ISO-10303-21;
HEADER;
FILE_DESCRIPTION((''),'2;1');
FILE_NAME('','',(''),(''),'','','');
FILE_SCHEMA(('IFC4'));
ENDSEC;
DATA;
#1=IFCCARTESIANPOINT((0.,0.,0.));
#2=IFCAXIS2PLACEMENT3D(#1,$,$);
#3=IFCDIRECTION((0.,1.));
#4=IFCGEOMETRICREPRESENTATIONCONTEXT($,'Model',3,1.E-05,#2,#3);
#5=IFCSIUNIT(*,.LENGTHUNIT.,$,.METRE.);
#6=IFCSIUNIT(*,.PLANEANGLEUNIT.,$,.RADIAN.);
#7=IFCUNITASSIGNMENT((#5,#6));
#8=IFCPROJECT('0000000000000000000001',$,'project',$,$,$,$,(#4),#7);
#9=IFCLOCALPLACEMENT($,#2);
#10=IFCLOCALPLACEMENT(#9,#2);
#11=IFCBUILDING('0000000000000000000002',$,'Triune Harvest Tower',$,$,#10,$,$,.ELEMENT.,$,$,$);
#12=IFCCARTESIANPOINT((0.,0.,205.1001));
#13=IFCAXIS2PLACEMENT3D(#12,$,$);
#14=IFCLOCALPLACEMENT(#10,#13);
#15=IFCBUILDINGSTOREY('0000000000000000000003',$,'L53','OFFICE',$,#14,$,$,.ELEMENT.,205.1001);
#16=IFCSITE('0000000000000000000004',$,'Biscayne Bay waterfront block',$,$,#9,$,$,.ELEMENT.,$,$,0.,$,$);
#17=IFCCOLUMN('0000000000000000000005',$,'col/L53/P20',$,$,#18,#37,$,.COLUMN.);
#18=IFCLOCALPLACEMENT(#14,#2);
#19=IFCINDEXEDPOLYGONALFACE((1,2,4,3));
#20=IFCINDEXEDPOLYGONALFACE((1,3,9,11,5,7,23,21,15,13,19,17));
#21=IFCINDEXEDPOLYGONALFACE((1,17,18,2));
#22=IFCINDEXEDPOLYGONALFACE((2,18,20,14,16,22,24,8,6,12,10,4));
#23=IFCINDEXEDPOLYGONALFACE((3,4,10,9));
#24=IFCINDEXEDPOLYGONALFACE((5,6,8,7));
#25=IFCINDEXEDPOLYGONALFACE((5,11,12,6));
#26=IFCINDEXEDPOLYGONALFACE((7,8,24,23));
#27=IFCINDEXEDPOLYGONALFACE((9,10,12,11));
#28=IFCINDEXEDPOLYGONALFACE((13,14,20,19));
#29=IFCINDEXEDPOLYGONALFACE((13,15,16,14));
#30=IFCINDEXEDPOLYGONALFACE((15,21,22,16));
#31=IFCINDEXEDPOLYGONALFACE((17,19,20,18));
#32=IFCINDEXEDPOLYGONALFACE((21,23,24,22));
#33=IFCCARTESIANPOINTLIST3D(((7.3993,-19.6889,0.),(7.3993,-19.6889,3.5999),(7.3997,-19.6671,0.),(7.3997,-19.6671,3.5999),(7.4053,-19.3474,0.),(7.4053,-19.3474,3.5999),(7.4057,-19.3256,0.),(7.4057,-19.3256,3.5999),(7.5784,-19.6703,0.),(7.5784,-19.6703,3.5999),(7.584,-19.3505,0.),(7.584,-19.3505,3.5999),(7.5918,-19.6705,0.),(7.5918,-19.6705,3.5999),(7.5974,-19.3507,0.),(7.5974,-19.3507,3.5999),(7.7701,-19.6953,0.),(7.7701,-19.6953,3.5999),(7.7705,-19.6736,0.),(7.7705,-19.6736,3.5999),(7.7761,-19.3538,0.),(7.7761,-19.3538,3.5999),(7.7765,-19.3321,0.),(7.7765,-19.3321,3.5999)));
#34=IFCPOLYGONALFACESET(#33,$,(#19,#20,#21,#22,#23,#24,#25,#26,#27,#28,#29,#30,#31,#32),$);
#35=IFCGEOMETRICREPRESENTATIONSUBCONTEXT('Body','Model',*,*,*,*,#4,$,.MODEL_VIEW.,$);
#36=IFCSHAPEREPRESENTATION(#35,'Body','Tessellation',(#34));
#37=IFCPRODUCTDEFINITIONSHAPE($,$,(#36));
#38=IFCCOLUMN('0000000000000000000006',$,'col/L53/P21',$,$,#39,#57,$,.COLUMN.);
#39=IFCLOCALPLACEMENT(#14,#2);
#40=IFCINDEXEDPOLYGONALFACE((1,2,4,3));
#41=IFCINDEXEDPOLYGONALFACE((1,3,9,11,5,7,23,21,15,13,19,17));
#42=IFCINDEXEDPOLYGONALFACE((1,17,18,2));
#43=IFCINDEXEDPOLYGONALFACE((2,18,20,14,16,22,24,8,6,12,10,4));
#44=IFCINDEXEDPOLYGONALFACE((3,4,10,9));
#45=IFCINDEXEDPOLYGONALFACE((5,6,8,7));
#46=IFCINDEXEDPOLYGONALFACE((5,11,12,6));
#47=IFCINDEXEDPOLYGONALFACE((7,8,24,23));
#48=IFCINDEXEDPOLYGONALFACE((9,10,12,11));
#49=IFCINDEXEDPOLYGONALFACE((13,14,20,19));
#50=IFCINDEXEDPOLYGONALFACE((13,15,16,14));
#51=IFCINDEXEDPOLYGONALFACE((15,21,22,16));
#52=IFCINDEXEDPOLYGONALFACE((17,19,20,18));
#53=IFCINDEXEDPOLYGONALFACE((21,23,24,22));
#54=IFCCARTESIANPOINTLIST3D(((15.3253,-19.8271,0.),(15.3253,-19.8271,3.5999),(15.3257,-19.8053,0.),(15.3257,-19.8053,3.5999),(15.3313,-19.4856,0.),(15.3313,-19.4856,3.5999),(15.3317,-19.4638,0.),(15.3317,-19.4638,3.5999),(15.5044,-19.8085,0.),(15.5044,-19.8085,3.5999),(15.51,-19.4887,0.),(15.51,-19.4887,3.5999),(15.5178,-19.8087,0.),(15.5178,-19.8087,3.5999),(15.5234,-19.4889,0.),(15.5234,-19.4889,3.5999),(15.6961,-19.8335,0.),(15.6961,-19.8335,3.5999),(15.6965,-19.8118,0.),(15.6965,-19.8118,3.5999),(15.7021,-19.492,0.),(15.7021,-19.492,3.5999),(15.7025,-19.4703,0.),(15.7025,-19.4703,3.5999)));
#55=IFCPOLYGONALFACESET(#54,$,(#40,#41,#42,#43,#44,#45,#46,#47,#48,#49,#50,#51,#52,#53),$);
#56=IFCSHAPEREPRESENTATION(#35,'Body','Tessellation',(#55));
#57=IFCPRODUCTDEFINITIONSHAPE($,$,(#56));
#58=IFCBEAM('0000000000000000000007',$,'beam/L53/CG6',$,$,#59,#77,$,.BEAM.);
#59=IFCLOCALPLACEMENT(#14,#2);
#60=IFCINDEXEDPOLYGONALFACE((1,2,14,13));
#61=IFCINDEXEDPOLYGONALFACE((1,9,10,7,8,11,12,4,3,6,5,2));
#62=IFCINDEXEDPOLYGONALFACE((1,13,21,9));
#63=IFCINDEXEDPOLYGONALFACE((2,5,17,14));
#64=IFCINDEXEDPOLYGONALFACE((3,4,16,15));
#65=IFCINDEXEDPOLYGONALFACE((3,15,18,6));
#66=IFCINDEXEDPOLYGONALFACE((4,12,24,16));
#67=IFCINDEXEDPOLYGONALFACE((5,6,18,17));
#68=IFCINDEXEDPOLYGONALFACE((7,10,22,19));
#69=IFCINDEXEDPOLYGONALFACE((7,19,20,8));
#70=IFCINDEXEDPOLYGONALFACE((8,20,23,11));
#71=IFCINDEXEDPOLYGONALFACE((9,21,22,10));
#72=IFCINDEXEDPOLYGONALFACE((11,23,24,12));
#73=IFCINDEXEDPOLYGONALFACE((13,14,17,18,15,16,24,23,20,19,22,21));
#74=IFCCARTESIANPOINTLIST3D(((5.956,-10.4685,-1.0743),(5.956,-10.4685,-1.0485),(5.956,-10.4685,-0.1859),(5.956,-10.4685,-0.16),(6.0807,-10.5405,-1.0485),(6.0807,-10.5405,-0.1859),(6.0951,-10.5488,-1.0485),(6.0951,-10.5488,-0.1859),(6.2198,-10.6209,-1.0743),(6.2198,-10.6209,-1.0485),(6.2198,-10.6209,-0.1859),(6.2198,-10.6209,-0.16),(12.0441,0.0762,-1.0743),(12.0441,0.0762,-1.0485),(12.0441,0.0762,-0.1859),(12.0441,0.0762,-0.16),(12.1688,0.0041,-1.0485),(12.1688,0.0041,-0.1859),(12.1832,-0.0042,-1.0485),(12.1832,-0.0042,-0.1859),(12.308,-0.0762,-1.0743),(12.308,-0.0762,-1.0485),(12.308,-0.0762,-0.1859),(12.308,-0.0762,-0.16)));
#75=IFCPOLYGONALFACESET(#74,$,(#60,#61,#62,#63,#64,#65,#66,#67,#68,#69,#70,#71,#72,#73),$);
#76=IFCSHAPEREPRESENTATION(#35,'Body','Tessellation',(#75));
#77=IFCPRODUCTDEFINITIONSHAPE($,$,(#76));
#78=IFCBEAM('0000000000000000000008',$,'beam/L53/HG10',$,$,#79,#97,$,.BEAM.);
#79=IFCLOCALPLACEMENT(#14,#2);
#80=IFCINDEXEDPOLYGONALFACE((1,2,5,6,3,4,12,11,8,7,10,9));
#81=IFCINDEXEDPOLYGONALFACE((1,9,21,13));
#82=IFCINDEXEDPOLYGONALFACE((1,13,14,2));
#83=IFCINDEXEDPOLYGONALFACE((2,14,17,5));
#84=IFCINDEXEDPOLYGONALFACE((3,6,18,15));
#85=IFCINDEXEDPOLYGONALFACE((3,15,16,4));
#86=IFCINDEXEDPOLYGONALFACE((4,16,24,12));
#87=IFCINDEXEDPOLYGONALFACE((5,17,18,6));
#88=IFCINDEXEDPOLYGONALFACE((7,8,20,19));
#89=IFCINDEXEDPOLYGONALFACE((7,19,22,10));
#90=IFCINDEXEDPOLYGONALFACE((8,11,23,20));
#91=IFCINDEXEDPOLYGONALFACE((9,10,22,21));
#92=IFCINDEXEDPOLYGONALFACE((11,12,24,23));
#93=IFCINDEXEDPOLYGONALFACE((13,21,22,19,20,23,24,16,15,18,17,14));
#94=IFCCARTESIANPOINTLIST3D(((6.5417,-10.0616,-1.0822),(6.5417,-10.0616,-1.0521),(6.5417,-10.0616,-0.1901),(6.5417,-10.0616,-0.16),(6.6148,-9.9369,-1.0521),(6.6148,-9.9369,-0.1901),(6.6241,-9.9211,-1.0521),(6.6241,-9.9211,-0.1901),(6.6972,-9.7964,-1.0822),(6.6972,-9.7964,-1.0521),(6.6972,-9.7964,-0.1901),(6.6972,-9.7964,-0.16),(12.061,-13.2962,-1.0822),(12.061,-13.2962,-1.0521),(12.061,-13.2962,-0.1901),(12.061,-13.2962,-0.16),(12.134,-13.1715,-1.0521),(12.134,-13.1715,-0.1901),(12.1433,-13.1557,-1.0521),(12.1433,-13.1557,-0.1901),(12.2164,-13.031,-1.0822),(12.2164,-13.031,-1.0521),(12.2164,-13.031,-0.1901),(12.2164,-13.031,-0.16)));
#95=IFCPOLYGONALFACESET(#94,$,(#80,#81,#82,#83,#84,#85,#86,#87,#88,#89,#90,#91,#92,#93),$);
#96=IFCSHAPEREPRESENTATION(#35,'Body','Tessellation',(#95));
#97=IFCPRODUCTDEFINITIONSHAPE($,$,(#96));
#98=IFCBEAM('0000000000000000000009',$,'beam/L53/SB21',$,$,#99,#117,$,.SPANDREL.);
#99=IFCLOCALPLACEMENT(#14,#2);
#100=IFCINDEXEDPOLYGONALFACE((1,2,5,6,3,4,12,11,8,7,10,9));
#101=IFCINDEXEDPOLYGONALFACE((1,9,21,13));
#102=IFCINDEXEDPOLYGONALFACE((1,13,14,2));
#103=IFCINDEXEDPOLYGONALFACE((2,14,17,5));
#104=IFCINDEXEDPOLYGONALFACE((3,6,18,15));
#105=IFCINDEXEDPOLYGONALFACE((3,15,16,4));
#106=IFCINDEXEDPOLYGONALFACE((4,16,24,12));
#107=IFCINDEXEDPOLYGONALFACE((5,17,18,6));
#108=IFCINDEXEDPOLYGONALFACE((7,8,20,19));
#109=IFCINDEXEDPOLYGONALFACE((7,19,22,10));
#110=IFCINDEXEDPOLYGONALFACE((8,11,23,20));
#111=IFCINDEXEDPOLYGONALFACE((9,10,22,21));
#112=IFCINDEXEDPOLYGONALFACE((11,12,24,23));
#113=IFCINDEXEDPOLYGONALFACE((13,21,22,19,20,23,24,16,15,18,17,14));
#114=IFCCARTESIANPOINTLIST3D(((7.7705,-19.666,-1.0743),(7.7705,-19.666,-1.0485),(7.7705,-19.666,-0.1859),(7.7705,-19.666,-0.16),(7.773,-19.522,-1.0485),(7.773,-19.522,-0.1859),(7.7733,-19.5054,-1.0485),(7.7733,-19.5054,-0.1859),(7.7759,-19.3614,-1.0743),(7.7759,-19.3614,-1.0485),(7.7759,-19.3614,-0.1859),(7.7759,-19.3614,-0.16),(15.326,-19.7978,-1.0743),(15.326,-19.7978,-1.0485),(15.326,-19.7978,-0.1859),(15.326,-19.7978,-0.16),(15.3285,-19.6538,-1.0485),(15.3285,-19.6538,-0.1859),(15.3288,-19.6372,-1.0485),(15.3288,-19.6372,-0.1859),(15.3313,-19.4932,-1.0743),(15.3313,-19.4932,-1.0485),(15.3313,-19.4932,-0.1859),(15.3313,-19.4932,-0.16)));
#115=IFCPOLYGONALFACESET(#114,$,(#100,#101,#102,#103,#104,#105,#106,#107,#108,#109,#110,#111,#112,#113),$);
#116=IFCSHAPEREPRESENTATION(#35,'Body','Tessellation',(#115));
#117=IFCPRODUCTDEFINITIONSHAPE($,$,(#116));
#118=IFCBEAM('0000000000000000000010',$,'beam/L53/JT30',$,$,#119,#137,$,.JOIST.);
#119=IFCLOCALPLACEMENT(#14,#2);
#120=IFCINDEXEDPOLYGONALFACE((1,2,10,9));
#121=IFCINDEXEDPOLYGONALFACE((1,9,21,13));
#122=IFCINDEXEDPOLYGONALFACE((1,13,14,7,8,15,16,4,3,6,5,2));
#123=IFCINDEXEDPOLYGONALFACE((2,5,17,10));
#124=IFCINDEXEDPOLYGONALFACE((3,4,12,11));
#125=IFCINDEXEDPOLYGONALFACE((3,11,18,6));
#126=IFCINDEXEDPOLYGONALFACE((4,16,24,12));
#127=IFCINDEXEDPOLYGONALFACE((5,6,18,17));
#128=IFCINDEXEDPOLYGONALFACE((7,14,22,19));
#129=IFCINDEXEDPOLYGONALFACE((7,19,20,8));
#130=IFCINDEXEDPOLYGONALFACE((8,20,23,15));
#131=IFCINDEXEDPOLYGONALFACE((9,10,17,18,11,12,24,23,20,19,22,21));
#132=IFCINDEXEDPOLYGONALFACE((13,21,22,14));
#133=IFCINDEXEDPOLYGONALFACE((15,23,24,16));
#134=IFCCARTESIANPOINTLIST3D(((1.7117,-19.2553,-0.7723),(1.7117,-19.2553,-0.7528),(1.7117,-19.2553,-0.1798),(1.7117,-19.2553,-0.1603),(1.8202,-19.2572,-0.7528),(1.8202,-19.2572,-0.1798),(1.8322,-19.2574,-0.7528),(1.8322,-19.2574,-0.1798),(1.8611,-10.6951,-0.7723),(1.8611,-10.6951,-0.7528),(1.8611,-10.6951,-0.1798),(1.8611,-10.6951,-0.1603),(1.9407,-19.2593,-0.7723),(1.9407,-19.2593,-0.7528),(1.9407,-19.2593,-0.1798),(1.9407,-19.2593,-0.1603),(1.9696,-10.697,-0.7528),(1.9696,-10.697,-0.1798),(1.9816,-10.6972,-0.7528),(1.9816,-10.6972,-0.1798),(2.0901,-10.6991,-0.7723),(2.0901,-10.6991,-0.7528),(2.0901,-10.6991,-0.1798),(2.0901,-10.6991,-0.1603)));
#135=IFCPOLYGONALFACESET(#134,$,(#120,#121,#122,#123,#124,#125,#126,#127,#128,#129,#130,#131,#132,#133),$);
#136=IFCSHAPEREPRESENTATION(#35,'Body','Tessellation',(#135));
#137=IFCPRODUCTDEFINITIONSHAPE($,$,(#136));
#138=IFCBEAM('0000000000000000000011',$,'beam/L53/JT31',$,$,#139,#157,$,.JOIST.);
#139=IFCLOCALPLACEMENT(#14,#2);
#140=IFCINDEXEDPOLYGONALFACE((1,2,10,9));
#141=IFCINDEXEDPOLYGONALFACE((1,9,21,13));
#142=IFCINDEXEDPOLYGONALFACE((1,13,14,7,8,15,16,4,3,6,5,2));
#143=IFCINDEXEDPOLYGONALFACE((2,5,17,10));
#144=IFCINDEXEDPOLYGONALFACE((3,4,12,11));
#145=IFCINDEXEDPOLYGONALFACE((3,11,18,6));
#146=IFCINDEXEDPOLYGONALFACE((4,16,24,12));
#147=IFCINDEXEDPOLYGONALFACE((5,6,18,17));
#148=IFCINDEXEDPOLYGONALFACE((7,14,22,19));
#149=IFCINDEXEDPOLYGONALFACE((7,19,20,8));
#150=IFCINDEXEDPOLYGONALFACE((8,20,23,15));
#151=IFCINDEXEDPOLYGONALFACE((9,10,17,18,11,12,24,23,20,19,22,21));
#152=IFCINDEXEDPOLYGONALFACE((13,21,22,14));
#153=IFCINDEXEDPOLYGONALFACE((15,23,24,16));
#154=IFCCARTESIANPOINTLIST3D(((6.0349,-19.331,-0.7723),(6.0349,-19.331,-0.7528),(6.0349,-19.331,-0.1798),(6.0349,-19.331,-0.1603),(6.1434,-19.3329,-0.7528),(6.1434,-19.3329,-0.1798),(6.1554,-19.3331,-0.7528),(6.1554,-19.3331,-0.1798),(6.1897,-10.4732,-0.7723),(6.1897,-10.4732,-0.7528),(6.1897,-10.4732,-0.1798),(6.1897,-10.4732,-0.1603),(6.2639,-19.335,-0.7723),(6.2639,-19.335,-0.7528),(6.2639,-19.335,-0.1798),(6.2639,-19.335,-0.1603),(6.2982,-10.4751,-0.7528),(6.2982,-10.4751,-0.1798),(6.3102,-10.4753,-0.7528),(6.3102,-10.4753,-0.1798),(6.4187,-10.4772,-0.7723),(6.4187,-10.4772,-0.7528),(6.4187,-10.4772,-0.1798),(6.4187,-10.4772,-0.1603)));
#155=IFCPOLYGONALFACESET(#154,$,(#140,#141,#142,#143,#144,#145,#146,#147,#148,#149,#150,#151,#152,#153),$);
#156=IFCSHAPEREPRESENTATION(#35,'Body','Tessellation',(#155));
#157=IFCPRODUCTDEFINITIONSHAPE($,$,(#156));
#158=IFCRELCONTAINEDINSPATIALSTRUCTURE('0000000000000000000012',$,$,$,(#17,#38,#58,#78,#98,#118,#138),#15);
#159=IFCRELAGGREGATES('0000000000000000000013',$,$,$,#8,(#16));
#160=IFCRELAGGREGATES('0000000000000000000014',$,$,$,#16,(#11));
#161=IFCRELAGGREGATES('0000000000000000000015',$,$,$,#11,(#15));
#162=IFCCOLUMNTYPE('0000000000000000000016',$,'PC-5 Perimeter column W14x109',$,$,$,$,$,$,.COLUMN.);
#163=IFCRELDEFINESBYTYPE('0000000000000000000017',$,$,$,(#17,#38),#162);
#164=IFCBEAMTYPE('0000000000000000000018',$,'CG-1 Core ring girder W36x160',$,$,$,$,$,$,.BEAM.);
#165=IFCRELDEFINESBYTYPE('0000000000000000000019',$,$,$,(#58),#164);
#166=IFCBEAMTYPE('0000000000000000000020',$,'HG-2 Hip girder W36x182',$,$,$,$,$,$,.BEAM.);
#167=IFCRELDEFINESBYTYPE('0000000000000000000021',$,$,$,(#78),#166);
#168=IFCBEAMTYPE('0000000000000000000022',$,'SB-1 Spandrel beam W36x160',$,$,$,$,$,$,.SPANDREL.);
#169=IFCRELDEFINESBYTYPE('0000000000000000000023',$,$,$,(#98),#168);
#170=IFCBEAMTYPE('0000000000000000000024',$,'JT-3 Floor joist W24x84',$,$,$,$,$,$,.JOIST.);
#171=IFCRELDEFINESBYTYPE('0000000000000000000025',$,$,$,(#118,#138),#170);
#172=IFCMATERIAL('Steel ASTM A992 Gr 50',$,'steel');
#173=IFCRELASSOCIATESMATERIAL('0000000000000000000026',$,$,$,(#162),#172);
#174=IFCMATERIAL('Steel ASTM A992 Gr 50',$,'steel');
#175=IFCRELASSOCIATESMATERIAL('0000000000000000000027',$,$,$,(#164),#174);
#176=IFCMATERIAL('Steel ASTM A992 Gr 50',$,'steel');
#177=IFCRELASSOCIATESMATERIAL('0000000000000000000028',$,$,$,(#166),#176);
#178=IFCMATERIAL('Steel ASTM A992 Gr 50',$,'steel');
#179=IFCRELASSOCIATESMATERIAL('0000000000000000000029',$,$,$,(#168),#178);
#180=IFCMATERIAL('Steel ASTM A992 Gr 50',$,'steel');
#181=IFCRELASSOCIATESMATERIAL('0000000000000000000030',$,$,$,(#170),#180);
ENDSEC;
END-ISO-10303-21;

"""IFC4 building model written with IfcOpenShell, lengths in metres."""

from ifc_helpers import new_model, si_unit, direction, frame, origin, origin_2d, place, context, subcontext, project, spatial, i_section, extrude, source, transform, mapped, material, material_profile, profile_set, type_object, element, save


model = new_model("IFC4")

# Units and contexts
model_context = context("Model", 3, precision=1e-05, world=origin(), true_north=direction((0.0, 1.0)))
body_context = subcontext(model_context, "Body", "Model", "MODEL_VIEW")
ifc_project = project(units=[si_unit("LENGTHUNIT", "METRE"), si_unit("PLANEANGLEUNIT", "RADIAN")], contexts=[model_context])

# Site, building, storey
site_placement = place(None, origin())
site = spatial("IfcSite", under=ifc_project, at=site_placement, Name="Biscayne Bay waterfront block", CompositionType="ELEMENT", RefElevation=0.0)
building_placement = place(site_placement, origin())
building = spatial("IfcBuilding", under=site, at=building_placement, Name="Triune Harvest Tower", CompositionType="ELEMENT")
storey_placement = place(building_placement, frame((0.0, 0.0, 205.1001)))
storey = spatial("IfcBuildingStorey", under=building, at=storey_placement, Name="L53", Description="OFFICE", CompositionType="ELEMENT", Elevation=205.1001)

# Columns
ifc_material_1 = material(Name="Steel ASTM A992 Gr 50", Category="steel")
ifc_material_profile_1 = material_profile(ifc_material_1, i_section(OverallWidth=0.3708, OverallDepth=0.3633, WebThickness=0.0134, FlangeThickness=0.0217, at=origin_2d()), Name="W14x109")
ifc_profile_set_1 = profile_set([ifc_material_profile_1], Name="Steel ASTM A992 Gr 50")
column_type = type_object("IfcColumnType", Name="PC-5 Perimeter column W14x109", PredefinedType="COLUMN", material=ifc_profile_set_1)
shared_shape_1 = source(origin(), body_context, "Body", "SweptSolid", [
    extrude(i_section(OverallWidth=0.3708, OverallDepth=0.3633, WebThickness=0.0134, FlangeThickness=0.0217, at=origin_2d()), origin(), (0.0, 0.0, 1.0), 3.5999),
])
for number, where, z_axis, x_axis, name in (
    (1, (7.5879, -19.5105, 0.0), (0.0, 0.0, 1.0), (0.999848, -0.017452, 0.0), "col/L53/P20"),
    (2, (15.5139, -19.6487, 0.0), (0.0, 0.0, 1.0), (0.999848, -0.017452, 0.0), "col/L53/P21"),
):
    element("IfcColumn", number, at=place(storey_placement, frame(where, z_axis=z_axis, x_axis=x_axis)), inside=storey, type_object=column_type, Name=name, PredefinedType="COLUMN", context=body_context, shape_type="MappedRepresentation", body=[
        mapped(shared_shape_1, transform((0.0, 0.0, 0.0), scale=1.0)),
    ])

# Beams
ifc_material_2 = material(Name="Steel ASTM A992 Gr 50", Category="steel")
ifc_material_profile_2 = material_profile(ifc_material_2, i_section(OverallWidth=0.3047, OverallDepth=0.9143, WebThickness=0.0166, FlangeThickness=0.0259, at=origin_2d()), Name="W36x160")
ifc_profile_set_2 = profile_set([ifc_material_profile_2], Name="Steel ASTM A992 Gr 50")
beam_type_1 = type_object("IfcBeamType", Name="CG-1 Core ring girder W36x160", PredefinedType="BEAM", material=ifc_profile_set_2)
shared_shape_2 = source(origin(), body_context, "Body", "SweptSolid", [
    extrude(i_section(OverallWidth=0.3047, OverallDepth=0.9143, WebThickness=0.0166, FlangeThickness=0.0259, at=origin_2d()), origin(), (0.0, 0.0, 1.0), 12.176),
])
beam_1_placement = place(storey_placement, frame((6.0879, -10.5447, -0.6172), z_axis=(0.50001, 0.86602, 0.0), x_axis=(-0.86602, 0.50001, 0.0)))
element("IfcBeam", 3, at=beam_1_placement, inside=storey, type_object=beam_type_1, Name="beam/L53/CG6", PredefinedType="BEAM", context=body_context, shape_type="MappedRepresentation", body=[
    mapped(shared_shape_2, transform((0.0, 0.0, 0.0), scale=1.0)),
])
ifc_material_3 = material(Name="Steel ASTM A992 Gr 50", Category="steel")
ifc_material_profile_3 = material_profile(ifc_material_3, i_section(OverallWidth=0.3074, OverallDepth=0.9221, WebThickness=0.0183, FlangeThickness=0.03, at=origin_2d()), Name="W36x182")
ifc_profile_set_3 = profile_set([ifc_material_profile_3], Name="Steel ASTM A992 Gr 50")
beam_type_2 = type_object("IfcBeamType", Name="HG-2 Hip girder W36x182", PredefinedType="BEAM", material=ifc_profile_set_3)
shared_shape_3 = source(origin(), body_context, "Body", "SweptSolid", [
    extrude(i_section(OverallWidth=0.3074, OverallDepth=0.9221, WebThickness=0.0183, FlangeThickness=0.03, at=origin_2d()), origin(), (0.0, 0.0, 1.0), 6.3972),
])
beam_2_placement = place(storey_placement, frame((12.1387, -13.1636, -0.6211), z_axis=(-0.862754, 0.505624, 0.0), x_axis=(-0.505624, -0.862754, 0.0)))
element("IfcBeam", 4, at=beam_2_placement, inside=storey, type_object=beam_type_2, Name="beam/L53/HG10", PredefinedType="BEAM", context=body_context, shape_type="MappedRepresentation", body=[
    mapped(shared_shape_3, transform((0.0, 0.0, 0.0), scale=1.0)),
])
ifc_material_4 = material(Name="Steel ASTM A992 Gr 50", Category="steel")
ifc_material_profile_4 = material_profile(ifc_material_4, i_section(OverallWidth=0.3047, OverallDepth=0.9143, WebThickness=0.0166, FlangeThickness=0.0259, at=origin_2d()), Name="W36x160")
ifc_profile_set_4 = profile_set([ifc_material_profile_4], Name="Steel ASTM A992 Gr 50")
beam_type_3 = type_object("IfcBeamType", Name="SB-1 Spandrel beam W36x160", PredefinedType="SPANDREL", material=ifc_profile_set_4)
shared_shape_4 = source(origin(), body_context, "Body", "SweptSolid", [
    extrude(i_section(OverallWidth=0.3047, OverallDepth=0.9143, WebThickness=0.0166, FlangeThickness=0.0259, at=origin_2d()), origin(), (0.0, 0.0, 1.0), 7.5566),
])
beam_3_placement = place(storey_placement, frame((7.7732, -19.5137, -0.6172), z_axis=(0.999848, -0.017447, 0.0), x_axis=(0.017447, 0.999848, 0.0)))
element("IfcBeam", 5, at=beam_3_placement, inside=storey, type_object=beam_type_3, Name="beam/L53/SB21", PredefinedType="SPANDREL", context=body_context, shape_type="MappedRepresentation", body=[
    mapped(shared_shape_4, transform((0.0, 0.0, 0.0), scale=1.0)),
])
ifc_material_5 = material(Name="Steel ASTM A992 Gr 50", Category="steel")
ifc_material_profile_5 = material_profile(ifc_material_5, i_section(OverallWidth=0.229, OverallDepth=0.6121, WebThickness=0.012, FlangeThickness=0.0195, at=origin_2d()), Name="W24x84")
ifc_profile_set_5 = profile_set([ifc_material_profile_5], Name="Steel ASTM A992 Gr 50")
beam_type_4 = type_object("IfcBeamType", Name="JT-3 Floor joist W24x84", PredefinedType="JOIST", material=ifc_profile_set_5)
shared_shape_5 = source(origin(), body_context, "Body", "SweptSolid", [
    extrude(i_section(OverallWidth=0.229, OverallDepth=0.6121, WebThickness=0.012, FlangeThickness=0.0195, at=origin_2d()), origin(), (0.0, 0.0, 1.0), 8.5615),
])
beam_4_placement = place(storey_placement, frame((1.8262, -19.2573, -0.4663), z_axis=(0.017452, 0.999848, 0.0), x_axis=(-0.999848, 0.017452, 0.0)))
element("IfcBeam", 6, at=beam_4_placement, inside=storey, type_object=beam_type_4, Name="beam/L53/JT30", PredefinedType="JOIST", context=body_context, shape_type="MappedRepresentation", body=[
    mapped(shared_shape_5, transform((0.0, 0.0, 0.0), scale=1.0)),
])
shared_shape_6 = source(origin(), body_context, "Body", "SweptSolid", [
    extrude(i_section(OverallWidth=0.229, OverallDepth=0.6121, WebThickness=0.012, FlangeThickness=0.0195, at=origin_2d()), origin(), (0.0, 0.0, 1.0), 8.8591),
])
beam_5_placement = place(storey_placement, frame((6.1494, -19.333, -0.4663), z_axis=(0.017472, 0.999847, 0.0), x_axis=(-0.999847, 0.017472, 0.0)))
element("IfcBeam", 7, at=beam_5_placement, inside=storey, type_object=beam_type_4, Name="beam/L53/JT31", PredefinedType="JOIST", context=body_context, shape_type="MappedRepresentation", body=[
    mapped(shared_shape_6, transform((0.0, 0.0, 0.0), scale=1.0)),
])

save(model, "model.ifc")
